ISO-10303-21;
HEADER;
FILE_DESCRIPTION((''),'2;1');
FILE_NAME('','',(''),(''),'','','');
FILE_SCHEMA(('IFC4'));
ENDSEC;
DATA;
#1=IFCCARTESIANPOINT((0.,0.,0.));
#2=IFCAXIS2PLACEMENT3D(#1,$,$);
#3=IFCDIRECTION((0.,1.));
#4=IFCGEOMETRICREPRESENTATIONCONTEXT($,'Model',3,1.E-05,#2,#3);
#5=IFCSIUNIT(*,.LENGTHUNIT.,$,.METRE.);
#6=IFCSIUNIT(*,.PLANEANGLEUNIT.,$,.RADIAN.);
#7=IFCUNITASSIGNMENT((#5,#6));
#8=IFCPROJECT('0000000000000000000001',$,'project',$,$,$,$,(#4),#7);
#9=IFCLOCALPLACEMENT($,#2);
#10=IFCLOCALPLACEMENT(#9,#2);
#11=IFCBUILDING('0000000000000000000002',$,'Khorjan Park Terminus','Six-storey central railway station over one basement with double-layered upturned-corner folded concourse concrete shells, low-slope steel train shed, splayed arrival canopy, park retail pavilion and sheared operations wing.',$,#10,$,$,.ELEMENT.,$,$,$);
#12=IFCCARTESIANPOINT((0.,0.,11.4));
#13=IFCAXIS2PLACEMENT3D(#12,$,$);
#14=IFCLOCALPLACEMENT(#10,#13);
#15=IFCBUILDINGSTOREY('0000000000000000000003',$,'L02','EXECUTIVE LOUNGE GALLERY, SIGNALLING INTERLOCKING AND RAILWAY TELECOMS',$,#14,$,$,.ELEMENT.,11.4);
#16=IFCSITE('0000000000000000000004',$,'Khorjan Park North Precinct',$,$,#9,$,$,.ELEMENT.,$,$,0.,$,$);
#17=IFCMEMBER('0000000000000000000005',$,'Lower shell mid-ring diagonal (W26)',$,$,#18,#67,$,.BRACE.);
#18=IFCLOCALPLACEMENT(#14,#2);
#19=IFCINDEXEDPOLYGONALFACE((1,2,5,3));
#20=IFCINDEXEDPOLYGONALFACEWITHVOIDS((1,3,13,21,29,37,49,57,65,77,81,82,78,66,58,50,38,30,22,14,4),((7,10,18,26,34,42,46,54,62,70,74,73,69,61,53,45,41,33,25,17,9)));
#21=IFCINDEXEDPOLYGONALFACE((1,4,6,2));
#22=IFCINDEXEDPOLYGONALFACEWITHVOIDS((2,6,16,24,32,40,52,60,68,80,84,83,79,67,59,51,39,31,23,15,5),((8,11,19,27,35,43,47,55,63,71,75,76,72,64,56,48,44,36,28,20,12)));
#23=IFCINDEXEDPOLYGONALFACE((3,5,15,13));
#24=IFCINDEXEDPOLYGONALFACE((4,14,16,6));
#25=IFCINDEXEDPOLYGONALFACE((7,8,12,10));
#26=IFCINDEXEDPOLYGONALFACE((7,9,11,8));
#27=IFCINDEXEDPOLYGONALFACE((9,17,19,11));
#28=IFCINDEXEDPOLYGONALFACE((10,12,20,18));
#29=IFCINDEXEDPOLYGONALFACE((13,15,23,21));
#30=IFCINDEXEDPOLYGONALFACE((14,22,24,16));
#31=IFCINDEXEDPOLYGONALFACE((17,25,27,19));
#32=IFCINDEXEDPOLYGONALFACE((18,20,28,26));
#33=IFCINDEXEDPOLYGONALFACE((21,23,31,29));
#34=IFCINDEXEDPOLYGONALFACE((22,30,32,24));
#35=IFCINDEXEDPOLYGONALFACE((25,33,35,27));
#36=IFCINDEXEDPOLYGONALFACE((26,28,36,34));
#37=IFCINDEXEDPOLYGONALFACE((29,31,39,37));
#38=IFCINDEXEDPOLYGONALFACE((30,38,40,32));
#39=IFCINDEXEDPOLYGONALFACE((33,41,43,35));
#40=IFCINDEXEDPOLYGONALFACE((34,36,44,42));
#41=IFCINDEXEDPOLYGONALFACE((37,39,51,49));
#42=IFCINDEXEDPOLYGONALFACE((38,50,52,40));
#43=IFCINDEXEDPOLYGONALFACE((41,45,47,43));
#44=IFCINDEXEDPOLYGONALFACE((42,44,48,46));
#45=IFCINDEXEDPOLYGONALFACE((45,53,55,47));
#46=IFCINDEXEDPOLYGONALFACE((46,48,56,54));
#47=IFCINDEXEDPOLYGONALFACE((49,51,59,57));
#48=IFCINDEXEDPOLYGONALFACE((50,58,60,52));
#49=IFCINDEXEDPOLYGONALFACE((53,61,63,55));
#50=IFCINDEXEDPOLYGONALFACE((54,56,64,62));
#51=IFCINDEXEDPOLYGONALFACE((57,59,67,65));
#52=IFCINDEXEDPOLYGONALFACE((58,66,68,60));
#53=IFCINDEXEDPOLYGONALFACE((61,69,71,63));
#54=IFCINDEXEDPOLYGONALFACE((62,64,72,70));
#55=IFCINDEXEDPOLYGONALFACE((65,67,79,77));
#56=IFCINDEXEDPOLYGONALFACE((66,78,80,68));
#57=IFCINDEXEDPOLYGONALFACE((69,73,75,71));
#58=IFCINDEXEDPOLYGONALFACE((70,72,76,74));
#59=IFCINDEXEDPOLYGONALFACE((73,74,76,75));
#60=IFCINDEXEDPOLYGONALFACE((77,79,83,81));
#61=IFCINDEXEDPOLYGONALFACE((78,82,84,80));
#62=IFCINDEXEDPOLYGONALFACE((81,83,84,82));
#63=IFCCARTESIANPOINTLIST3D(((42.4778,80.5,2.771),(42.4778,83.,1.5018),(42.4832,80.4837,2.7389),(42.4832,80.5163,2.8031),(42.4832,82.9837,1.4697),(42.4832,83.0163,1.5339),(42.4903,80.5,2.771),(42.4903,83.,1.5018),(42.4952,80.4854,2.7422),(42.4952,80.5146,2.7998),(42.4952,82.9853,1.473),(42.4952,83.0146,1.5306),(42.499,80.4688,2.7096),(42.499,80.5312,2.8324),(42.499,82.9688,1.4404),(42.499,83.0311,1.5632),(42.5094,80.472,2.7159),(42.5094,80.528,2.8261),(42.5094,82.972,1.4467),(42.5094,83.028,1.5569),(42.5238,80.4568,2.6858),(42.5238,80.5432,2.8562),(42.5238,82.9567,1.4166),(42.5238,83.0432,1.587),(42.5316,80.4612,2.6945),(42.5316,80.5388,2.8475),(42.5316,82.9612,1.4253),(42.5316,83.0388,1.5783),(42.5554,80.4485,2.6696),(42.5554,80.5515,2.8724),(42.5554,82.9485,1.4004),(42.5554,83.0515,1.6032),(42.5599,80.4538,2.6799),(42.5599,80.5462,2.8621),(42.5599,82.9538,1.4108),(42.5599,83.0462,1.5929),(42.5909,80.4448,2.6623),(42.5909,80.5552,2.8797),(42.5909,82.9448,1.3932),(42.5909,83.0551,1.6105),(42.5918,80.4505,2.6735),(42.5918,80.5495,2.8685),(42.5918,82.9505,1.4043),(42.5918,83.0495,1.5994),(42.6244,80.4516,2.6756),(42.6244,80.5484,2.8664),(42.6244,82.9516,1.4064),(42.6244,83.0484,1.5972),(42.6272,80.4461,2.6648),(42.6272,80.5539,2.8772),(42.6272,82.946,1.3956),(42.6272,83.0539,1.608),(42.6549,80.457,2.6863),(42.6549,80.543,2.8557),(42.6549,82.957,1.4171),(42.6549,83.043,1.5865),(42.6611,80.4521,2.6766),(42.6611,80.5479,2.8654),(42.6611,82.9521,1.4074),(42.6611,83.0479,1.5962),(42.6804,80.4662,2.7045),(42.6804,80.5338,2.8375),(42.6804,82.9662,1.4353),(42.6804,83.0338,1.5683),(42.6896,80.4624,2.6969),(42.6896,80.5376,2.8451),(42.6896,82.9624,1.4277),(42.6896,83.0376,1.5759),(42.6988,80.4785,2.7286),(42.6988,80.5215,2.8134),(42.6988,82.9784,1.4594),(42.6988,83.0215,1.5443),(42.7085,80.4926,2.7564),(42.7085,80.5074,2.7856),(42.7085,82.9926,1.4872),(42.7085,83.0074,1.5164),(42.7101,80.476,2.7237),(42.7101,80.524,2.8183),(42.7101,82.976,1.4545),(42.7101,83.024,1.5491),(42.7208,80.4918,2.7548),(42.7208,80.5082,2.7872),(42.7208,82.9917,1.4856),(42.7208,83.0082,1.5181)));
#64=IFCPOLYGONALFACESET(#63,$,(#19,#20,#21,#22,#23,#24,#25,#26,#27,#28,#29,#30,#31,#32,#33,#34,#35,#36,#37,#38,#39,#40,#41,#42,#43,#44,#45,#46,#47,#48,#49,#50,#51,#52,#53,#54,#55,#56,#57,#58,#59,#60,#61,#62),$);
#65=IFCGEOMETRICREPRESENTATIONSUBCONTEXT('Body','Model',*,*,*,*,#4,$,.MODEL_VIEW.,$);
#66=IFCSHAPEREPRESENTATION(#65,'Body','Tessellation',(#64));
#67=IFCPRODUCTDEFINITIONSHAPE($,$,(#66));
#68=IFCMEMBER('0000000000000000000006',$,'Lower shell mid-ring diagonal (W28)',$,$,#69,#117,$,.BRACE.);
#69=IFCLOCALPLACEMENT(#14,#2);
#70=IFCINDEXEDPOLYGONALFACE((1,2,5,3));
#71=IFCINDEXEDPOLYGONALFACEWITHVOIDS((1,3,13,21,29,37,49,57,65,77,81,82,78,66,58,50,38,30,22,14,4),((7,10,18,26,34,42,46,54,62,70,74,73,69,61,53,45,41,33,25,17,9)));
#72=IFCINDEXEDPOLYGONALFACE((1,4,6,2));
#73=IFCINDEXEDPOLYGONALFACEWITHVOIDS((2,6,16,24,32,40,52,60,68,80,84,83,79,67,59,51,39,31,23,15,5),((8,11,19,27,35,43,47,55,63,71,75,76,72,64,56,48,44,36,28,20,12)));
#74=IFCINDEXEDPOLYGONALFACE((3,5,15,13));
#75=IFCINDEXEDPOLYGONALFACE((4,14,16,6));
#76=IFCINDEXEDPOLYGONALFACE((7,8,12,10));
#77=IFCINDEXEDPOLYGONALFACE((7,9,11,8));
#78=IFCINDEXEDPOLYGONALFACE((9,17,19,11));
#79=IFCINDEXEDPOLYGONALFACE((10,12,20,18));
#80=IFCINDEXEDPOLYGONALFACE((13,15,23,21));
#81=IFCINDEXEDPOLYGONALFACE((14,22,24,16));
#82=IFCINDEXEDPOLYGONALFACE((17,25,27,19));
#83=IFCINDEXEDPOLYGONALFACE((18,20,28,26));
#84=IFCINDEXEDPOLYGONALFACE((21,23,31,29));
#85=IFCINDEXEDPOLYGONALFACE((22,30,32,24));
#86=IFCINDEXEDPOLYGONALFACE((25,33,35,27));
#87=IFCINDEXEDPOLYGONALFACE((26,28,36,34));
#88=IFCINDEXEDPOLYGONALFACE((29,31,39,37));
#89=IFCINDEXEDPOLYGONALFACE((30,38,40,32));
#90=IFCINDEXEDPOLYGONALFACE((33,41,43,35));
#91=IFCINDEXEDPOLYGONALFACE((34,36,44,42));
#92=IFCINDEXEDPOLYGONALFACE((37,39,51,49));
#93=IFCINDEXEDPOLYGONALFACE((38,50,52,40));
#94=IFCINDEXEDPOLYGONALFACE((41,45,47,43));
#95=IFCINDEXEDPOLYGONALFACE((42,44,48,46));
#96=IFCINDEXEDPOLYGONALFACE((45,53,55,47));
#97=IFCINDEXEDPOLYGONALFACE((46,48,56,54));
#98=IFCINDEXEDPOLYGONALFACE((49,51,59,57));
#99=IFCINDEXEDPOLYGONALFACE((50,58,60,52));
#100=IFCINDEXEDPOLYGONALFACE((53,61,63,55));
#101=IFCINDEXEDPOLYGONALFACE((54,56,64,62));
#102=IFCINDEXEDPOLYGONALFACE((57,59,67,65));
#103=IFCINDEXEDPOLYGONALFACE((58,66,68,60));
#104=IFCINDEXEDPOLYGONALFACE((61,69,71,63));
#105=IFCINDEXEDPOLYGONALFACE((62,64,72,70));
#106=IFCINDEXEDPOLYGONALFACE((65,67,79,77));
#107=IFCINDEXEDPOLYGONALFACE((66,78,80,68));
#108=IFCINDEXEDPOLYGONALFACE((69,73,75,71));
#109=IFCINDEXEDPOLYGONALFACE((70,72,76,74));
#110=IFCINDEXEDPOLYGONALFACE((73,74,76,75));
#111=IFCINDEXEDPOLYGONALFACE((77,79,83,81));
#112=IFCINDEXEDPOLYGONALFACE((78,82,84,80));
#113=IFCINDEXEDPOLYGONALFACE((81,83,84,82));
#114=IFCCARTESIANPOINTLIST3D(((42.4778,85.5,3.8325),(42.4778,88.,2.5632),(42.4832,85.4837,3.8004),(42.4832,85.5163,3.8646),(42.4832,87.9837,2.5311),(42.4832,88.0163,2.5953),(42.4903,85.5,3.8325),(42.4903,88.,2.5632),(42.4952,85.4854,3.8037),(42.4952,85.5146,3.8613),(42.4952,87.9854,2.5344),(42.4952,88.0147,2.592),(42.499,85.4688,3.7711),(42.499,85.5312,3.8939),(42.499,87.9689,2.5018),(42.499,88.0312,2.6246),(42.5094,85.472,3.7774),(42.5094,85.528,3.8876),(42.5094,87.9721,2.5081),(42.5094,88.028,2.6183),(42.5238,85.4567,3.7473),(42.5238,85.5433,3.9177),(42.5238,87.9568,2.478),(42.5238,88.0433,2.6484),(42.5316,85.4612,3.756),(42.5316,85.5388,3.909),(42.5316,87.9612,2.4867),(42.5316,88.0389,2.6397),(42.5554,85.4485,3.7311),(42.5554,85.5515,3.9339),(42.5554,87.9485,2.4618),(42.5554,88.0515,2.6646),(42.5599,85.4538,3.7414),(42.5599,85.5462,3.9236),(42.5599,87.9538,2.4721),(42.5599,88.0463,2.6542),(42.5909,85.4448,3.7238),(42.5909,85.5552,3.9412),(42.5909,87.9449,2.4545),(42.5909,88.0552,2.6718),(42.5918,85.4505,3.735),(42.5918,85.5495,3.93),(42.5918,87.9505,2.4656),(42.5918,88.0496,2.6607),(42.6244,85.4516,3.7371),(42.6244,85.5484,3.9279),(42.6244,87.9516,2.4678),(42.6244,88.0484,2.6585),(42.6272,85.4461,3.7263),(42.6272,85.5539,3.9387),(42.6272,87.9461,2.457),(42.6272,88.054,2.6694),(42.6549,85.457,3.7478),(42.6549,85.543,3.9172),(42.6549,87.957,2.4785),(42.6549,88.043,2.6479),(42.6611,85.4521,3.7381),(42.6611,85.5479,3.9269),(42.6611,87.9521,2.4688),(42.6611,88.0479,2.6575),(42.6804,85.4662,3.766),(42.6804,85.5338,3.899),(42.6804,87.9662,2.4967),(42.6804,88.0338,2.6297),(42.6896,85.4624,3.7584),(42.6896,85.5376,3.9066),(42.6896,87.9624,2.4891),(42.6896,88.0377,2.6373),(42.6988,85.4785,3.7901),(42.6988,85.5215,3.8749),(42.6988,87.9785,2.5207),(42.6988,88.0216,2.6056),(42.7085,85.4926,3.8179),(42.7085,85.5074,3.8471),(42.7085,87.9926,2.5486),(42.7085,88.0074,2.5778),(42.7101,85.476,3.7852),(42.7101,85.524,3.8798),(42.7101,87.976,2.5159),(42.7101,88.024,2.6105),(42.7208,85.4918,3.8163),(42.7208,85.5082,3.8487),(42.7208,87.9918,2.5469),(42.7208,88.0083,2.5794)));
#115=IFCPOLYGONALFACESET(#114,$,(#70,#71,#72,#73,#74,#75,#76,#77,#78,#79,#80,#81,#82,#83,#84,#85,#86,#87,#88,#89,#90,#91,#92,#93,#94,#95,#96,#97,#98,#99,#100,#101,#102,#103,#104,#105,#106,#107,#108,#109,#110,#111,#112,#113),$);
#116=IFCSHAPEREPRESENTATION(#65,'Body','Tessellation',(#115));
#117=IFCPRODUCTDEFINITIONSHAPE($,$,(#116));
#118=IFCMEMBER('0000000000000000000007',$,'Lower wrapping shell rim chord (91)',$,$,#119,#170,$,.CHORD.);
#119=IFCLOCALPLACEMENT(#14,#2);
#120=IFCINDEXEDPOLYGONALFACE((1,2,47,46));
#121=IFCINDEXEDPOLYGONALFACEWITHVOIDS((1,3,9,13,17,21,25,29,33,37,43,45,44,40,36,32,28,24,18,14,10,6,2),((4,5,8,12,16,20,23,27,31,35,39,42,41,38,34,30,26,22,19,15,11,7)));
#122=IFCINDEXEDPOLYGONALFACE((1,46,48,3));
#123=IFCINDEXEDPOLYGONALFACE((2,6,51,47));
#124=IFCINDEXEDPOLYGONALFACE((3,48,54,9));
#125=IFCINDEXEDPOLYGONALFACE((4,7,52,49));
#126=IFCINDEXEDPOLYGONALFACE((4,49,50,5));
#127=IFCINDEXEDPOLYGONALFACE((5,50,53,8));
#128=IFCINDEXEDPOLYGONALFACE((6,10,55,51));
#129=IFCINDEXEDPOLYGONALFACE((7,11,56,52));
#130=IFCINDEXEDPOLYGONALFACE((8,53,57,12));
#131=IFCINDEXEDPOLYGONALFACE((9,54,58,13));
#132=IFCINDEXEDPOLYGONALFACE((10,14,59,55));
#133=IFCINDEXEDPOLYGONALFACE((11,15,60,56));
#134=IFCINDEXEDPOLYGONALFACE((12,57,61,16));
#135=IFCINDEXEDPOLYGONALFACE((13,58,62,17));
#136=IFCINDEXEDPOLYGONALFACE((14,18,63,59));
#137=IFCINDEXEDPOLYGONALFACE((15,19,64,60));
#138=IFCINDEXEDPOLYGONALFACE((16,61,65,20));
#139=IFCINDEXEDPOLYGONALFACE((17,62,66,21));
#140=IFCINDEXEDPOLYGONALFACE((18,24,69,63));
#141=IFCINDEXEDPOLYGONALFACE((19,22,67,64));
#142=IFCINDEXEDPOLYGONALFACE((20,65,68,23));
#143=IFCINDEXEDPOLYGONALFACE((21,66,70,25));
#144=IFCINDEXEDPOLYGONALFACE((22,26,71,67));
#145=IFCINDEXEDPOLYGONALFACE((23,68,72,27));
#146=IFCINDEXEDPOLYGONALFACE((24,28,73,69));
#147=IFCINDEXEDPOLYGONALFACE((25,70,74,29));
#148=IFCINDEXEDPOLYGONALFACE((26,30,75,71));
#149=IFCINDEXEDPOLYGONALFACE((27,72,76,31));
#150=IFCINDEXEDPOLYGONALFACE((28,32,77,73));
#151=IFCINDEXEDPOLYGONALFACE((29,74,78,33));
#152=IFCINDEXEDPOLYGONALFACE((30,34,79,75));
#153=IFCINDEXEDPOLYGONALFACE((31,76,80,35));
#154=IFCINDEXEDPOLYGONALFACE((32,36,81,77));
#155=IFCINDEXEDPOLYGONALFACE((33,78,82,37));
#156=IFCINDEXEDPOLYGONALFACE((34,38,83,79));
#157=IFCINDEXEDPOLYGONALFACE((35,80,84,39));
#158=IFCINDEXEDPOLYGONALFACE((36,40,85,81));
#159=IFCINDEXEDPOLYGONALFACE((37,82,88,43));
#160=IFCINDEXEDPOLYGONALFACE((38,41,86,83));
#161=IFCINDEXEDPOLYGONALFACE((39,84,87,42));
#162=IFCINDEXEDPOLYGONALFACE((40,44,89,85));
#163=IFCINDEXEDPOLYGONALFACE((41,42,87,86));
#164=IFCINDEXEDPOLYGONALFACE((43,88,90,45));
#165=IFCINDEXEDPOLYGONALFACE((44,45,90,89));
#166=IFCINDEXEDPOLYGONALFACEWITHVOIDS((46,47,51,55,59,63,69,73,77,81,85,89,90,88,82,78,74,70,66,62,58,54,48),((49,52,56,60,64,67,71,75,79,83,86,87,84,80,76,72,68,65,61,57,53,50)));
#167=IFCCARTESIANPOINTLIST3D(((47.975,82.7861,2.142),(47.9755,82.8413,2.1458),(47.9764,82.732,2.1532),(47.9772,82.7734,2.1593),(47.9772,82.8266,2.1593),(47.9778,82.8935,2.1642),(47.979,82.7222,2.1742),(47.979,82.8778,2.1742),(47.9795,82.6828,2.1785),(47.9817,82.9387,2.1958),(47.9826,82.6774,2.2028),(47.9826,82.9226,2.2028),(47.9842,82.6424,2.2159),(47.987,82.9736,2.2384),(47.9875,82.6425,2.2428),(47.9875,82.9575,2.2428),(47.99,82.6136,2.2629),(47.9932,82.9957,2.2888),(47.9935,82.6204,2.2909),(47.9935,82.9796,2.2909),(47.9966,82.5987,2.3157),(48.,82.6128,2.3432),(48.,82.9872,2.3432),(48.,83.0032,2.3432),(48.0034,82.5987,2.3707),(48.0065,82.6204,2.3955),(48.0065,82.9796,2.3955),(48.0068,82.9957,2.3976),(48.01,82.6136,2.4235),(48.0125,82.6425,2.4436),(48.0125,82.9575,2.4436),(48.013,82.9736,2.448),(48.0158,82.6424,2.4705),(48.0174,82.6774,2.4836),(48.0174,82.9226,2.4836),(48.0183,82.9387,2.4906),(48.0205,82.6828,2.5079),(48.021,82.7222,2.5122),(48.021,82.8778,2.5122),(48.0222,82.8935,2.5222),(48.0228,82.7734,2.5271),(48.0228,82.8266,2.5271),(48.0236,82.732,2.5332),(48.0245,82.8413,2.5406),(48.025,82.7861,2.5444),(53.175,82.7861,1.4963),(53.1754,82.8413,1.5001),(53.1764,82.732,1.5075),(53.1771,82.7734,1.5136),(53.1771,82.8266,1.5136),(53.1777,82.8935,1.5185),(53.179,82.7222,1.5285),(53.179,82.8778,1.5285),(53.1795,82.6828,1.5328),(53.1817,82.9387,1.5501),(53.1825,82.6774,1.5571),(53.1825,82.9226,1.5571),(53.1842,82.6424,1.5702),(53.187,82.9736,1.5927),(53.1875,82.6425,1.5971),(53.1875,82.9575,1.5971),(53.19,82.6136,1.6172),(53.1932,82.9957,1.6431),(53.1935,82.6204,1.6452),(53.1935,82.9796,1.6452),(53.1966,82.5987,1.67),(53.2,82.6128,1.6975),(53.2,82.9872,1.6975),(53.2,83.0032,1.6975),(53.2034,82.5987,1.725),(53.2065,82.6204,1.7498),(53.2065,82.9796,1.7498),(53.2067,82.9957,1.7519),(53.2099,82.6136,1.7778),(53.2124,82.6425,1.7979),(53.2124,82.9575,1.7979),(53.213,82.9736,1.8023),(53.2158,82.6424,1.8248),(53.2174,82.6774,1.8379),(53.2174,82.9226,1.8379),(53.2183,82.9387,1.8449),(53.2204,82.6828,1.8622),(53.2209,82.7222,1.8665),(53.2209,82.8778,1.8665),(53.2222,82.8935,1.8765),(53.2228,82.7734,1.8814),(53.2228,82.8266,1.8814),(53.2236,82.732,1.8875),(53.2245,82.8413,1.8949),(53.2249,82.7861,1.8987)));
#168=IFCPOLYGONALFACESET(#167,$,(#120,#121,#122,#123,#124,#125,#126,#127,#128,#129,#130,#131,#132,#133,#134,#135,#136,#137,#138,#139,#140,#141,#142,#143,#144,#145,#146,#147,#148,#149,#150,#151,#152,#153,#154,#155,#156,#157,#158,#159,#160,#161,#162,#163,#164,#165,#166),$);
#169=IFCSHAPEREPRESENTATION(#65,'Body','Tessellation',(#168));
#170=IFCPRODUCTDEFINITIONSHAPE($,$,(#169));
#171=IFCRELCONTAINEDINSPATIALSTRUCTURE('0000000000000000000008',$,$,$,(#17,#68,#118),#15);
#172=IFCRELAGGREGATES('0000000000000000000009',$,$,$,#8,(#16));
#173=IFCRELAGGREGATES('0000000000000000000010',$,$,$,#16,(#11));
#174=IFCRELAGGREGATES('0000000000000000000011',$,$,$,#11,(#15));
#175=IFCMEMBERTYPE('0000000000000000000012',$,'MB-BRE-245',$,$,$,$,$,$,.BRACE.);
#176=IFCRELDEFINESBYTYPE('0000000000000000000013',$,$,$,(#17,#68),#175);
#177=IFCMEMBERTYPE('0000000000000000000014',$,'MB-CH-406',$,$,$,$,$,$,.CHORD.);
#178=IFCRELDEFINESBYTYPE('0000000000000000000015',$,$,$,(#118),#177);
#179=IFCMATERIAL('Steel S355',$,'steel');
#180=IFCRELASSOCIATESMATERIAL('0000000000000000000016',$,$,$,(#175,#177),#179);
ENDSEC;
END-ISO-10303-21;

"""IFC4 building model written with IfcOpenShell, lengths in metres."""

from ifc_helpers import new_model, si_unit, direction, frame, origin, origin_2d, place, context, subcontext, project, spatial, hollow_circle, extrude, material, material_profile, profile_set, type_object, element, save


model = new_model("IFC4")

# Units and contexts
model_context = context("Model", 3, precision=1e-05, world=origin(), true_north=direction((0.0, 1.0)))
body_context = subcontext(model_context, "Body", "Model", "MODEL_VIEW")
ifc_project = project(units=[si_unit("LENGTHUNIT", "METRE"), si_unit("PLANEANGLEUNIT", "RADIAN")], contexts=[model_context])

# Site, building, storey
site_placement = place(None, origin())
site = spatial("IfcSite", under=ifc_project, at=site_placement, Name="Khorjan Park North Precinct", CompositionType="ELEMENT", RefElevation=0.0)
building_placement = place(site_placement, origin())
building = spatial("IfcBuilding", under=site, at=building_placement, Name="Khorjan Park Terminus", Description="Six-storey central railway station over one basement with double-layered upturned-corner folded concourse concrete shells, low-slope steel train shed, splayed arrival canopy, park retail pavilion and sheared operations wing.", CompositionType="ELEMENT")
storey_placement = place(building_placement, frame((0.0, 0.0, 11.4)))
storey = spatial("IfcBuildingStorey", under=building, at=storey_placement, Name="L02", Description="EXECUTIVE LOUNGE GALLERY, SIGNALLING INTERLOCKING AND RAILWAY TELECOMS", CompositionType="ELEMENT", Elevation=11.4)

# Members
ifc_material_1 = material(Name="Steel S355", Category="steel")
ifc_material_profile_1 = material_profile(ifc_material_1, hollow_circle(Radius=0.1222, WallThickness=0.0125, at=origin_2d()), Name="CHS 244.5x12.5")
ifc_profile_set_1 = profile_set([ifc_material_profile_1], Name="Steel S355")
member_type_1 = type_object("IfcMemberType", Name="MB-BRE-245", PredefinedType="BRACE", material=ifc_profile_set_1)
member_1_placement = place(storey_placement, frame((42.6, 80.5, 2.771), z_axis=(0.0, 0.891671, -0.452684), x_axis=(-1.0, 0.0, 0.0)))
element("IfcMember", 1, at=member_1_placement, inside=storey, type_object=member_type_1, Name="Lower shell mid-ring diagonal (W26)", PredefinedType="BRACE", context=body_context, shape_type="SweptSolid", body=[
    extrude(hollow_circle(Radius=0.1222, WallThickness=0.0125, at=origin_2d()), origin(), (0.0, 0.0, 1.0), 2.8037),
])
member_2_placement = place(storey_placement, frame((42.6, 85.5, 3.8325), z_axis=(0.0, 0.891657, -0.452712), x_axis=(-1.0, 0.0, 0.0)))
element("IfcMember", 2, at=member_2_placement, inside=storey, type_object=member_type_1, Name="Lower shell mid-ring diagonal (W28)", PredefinedType="BRACE", context=body_context, shape_type="SweptSolid", body=[
    extrude(hollow_circle(Radius=0.1222, WallThickness=0.0125, at=origin_2d()), origin(), (0.0, 0.0, 1.0), 2.8038),
])
ifc_material_profile_2 = material_profile(ifc_material_1, hollow_circle(Radius=0.2032, WallThickness=0.016, at=origin_2d()), Name="CHS 406.4x16")
ifc_profile_set_2 = profile_set([ifc_material_profile_2], Name="Steel S355")
member_type_2 = type_object("IfcMemberType", Name="MB-CH-406", PredefinedType="CHORD", material=ifc_profile_set_2)
member_3_placement = place(storey_placement, frame((48.0, 82.8, 2.3432), z_axis=(0.992379, 0.0, -0.123227), x_axis=(0.0, 1.0, 0.0)))
element("IfcMember", 3, at=member_3_placement, inside=storey, type_object=member_type_2, Name="Lower wrapping shell rim chord (91)", PredefinedType="CHORD", context=body_context, shape_type="SweptSolid", body=[
    extrude(hollow_circle(Radius=0.2032, WallThickness=0.016, at=origin_2d()), origin(), (0.0, 0.0, 1.0), 5.2399),
])

save(model, "model.ifc")
